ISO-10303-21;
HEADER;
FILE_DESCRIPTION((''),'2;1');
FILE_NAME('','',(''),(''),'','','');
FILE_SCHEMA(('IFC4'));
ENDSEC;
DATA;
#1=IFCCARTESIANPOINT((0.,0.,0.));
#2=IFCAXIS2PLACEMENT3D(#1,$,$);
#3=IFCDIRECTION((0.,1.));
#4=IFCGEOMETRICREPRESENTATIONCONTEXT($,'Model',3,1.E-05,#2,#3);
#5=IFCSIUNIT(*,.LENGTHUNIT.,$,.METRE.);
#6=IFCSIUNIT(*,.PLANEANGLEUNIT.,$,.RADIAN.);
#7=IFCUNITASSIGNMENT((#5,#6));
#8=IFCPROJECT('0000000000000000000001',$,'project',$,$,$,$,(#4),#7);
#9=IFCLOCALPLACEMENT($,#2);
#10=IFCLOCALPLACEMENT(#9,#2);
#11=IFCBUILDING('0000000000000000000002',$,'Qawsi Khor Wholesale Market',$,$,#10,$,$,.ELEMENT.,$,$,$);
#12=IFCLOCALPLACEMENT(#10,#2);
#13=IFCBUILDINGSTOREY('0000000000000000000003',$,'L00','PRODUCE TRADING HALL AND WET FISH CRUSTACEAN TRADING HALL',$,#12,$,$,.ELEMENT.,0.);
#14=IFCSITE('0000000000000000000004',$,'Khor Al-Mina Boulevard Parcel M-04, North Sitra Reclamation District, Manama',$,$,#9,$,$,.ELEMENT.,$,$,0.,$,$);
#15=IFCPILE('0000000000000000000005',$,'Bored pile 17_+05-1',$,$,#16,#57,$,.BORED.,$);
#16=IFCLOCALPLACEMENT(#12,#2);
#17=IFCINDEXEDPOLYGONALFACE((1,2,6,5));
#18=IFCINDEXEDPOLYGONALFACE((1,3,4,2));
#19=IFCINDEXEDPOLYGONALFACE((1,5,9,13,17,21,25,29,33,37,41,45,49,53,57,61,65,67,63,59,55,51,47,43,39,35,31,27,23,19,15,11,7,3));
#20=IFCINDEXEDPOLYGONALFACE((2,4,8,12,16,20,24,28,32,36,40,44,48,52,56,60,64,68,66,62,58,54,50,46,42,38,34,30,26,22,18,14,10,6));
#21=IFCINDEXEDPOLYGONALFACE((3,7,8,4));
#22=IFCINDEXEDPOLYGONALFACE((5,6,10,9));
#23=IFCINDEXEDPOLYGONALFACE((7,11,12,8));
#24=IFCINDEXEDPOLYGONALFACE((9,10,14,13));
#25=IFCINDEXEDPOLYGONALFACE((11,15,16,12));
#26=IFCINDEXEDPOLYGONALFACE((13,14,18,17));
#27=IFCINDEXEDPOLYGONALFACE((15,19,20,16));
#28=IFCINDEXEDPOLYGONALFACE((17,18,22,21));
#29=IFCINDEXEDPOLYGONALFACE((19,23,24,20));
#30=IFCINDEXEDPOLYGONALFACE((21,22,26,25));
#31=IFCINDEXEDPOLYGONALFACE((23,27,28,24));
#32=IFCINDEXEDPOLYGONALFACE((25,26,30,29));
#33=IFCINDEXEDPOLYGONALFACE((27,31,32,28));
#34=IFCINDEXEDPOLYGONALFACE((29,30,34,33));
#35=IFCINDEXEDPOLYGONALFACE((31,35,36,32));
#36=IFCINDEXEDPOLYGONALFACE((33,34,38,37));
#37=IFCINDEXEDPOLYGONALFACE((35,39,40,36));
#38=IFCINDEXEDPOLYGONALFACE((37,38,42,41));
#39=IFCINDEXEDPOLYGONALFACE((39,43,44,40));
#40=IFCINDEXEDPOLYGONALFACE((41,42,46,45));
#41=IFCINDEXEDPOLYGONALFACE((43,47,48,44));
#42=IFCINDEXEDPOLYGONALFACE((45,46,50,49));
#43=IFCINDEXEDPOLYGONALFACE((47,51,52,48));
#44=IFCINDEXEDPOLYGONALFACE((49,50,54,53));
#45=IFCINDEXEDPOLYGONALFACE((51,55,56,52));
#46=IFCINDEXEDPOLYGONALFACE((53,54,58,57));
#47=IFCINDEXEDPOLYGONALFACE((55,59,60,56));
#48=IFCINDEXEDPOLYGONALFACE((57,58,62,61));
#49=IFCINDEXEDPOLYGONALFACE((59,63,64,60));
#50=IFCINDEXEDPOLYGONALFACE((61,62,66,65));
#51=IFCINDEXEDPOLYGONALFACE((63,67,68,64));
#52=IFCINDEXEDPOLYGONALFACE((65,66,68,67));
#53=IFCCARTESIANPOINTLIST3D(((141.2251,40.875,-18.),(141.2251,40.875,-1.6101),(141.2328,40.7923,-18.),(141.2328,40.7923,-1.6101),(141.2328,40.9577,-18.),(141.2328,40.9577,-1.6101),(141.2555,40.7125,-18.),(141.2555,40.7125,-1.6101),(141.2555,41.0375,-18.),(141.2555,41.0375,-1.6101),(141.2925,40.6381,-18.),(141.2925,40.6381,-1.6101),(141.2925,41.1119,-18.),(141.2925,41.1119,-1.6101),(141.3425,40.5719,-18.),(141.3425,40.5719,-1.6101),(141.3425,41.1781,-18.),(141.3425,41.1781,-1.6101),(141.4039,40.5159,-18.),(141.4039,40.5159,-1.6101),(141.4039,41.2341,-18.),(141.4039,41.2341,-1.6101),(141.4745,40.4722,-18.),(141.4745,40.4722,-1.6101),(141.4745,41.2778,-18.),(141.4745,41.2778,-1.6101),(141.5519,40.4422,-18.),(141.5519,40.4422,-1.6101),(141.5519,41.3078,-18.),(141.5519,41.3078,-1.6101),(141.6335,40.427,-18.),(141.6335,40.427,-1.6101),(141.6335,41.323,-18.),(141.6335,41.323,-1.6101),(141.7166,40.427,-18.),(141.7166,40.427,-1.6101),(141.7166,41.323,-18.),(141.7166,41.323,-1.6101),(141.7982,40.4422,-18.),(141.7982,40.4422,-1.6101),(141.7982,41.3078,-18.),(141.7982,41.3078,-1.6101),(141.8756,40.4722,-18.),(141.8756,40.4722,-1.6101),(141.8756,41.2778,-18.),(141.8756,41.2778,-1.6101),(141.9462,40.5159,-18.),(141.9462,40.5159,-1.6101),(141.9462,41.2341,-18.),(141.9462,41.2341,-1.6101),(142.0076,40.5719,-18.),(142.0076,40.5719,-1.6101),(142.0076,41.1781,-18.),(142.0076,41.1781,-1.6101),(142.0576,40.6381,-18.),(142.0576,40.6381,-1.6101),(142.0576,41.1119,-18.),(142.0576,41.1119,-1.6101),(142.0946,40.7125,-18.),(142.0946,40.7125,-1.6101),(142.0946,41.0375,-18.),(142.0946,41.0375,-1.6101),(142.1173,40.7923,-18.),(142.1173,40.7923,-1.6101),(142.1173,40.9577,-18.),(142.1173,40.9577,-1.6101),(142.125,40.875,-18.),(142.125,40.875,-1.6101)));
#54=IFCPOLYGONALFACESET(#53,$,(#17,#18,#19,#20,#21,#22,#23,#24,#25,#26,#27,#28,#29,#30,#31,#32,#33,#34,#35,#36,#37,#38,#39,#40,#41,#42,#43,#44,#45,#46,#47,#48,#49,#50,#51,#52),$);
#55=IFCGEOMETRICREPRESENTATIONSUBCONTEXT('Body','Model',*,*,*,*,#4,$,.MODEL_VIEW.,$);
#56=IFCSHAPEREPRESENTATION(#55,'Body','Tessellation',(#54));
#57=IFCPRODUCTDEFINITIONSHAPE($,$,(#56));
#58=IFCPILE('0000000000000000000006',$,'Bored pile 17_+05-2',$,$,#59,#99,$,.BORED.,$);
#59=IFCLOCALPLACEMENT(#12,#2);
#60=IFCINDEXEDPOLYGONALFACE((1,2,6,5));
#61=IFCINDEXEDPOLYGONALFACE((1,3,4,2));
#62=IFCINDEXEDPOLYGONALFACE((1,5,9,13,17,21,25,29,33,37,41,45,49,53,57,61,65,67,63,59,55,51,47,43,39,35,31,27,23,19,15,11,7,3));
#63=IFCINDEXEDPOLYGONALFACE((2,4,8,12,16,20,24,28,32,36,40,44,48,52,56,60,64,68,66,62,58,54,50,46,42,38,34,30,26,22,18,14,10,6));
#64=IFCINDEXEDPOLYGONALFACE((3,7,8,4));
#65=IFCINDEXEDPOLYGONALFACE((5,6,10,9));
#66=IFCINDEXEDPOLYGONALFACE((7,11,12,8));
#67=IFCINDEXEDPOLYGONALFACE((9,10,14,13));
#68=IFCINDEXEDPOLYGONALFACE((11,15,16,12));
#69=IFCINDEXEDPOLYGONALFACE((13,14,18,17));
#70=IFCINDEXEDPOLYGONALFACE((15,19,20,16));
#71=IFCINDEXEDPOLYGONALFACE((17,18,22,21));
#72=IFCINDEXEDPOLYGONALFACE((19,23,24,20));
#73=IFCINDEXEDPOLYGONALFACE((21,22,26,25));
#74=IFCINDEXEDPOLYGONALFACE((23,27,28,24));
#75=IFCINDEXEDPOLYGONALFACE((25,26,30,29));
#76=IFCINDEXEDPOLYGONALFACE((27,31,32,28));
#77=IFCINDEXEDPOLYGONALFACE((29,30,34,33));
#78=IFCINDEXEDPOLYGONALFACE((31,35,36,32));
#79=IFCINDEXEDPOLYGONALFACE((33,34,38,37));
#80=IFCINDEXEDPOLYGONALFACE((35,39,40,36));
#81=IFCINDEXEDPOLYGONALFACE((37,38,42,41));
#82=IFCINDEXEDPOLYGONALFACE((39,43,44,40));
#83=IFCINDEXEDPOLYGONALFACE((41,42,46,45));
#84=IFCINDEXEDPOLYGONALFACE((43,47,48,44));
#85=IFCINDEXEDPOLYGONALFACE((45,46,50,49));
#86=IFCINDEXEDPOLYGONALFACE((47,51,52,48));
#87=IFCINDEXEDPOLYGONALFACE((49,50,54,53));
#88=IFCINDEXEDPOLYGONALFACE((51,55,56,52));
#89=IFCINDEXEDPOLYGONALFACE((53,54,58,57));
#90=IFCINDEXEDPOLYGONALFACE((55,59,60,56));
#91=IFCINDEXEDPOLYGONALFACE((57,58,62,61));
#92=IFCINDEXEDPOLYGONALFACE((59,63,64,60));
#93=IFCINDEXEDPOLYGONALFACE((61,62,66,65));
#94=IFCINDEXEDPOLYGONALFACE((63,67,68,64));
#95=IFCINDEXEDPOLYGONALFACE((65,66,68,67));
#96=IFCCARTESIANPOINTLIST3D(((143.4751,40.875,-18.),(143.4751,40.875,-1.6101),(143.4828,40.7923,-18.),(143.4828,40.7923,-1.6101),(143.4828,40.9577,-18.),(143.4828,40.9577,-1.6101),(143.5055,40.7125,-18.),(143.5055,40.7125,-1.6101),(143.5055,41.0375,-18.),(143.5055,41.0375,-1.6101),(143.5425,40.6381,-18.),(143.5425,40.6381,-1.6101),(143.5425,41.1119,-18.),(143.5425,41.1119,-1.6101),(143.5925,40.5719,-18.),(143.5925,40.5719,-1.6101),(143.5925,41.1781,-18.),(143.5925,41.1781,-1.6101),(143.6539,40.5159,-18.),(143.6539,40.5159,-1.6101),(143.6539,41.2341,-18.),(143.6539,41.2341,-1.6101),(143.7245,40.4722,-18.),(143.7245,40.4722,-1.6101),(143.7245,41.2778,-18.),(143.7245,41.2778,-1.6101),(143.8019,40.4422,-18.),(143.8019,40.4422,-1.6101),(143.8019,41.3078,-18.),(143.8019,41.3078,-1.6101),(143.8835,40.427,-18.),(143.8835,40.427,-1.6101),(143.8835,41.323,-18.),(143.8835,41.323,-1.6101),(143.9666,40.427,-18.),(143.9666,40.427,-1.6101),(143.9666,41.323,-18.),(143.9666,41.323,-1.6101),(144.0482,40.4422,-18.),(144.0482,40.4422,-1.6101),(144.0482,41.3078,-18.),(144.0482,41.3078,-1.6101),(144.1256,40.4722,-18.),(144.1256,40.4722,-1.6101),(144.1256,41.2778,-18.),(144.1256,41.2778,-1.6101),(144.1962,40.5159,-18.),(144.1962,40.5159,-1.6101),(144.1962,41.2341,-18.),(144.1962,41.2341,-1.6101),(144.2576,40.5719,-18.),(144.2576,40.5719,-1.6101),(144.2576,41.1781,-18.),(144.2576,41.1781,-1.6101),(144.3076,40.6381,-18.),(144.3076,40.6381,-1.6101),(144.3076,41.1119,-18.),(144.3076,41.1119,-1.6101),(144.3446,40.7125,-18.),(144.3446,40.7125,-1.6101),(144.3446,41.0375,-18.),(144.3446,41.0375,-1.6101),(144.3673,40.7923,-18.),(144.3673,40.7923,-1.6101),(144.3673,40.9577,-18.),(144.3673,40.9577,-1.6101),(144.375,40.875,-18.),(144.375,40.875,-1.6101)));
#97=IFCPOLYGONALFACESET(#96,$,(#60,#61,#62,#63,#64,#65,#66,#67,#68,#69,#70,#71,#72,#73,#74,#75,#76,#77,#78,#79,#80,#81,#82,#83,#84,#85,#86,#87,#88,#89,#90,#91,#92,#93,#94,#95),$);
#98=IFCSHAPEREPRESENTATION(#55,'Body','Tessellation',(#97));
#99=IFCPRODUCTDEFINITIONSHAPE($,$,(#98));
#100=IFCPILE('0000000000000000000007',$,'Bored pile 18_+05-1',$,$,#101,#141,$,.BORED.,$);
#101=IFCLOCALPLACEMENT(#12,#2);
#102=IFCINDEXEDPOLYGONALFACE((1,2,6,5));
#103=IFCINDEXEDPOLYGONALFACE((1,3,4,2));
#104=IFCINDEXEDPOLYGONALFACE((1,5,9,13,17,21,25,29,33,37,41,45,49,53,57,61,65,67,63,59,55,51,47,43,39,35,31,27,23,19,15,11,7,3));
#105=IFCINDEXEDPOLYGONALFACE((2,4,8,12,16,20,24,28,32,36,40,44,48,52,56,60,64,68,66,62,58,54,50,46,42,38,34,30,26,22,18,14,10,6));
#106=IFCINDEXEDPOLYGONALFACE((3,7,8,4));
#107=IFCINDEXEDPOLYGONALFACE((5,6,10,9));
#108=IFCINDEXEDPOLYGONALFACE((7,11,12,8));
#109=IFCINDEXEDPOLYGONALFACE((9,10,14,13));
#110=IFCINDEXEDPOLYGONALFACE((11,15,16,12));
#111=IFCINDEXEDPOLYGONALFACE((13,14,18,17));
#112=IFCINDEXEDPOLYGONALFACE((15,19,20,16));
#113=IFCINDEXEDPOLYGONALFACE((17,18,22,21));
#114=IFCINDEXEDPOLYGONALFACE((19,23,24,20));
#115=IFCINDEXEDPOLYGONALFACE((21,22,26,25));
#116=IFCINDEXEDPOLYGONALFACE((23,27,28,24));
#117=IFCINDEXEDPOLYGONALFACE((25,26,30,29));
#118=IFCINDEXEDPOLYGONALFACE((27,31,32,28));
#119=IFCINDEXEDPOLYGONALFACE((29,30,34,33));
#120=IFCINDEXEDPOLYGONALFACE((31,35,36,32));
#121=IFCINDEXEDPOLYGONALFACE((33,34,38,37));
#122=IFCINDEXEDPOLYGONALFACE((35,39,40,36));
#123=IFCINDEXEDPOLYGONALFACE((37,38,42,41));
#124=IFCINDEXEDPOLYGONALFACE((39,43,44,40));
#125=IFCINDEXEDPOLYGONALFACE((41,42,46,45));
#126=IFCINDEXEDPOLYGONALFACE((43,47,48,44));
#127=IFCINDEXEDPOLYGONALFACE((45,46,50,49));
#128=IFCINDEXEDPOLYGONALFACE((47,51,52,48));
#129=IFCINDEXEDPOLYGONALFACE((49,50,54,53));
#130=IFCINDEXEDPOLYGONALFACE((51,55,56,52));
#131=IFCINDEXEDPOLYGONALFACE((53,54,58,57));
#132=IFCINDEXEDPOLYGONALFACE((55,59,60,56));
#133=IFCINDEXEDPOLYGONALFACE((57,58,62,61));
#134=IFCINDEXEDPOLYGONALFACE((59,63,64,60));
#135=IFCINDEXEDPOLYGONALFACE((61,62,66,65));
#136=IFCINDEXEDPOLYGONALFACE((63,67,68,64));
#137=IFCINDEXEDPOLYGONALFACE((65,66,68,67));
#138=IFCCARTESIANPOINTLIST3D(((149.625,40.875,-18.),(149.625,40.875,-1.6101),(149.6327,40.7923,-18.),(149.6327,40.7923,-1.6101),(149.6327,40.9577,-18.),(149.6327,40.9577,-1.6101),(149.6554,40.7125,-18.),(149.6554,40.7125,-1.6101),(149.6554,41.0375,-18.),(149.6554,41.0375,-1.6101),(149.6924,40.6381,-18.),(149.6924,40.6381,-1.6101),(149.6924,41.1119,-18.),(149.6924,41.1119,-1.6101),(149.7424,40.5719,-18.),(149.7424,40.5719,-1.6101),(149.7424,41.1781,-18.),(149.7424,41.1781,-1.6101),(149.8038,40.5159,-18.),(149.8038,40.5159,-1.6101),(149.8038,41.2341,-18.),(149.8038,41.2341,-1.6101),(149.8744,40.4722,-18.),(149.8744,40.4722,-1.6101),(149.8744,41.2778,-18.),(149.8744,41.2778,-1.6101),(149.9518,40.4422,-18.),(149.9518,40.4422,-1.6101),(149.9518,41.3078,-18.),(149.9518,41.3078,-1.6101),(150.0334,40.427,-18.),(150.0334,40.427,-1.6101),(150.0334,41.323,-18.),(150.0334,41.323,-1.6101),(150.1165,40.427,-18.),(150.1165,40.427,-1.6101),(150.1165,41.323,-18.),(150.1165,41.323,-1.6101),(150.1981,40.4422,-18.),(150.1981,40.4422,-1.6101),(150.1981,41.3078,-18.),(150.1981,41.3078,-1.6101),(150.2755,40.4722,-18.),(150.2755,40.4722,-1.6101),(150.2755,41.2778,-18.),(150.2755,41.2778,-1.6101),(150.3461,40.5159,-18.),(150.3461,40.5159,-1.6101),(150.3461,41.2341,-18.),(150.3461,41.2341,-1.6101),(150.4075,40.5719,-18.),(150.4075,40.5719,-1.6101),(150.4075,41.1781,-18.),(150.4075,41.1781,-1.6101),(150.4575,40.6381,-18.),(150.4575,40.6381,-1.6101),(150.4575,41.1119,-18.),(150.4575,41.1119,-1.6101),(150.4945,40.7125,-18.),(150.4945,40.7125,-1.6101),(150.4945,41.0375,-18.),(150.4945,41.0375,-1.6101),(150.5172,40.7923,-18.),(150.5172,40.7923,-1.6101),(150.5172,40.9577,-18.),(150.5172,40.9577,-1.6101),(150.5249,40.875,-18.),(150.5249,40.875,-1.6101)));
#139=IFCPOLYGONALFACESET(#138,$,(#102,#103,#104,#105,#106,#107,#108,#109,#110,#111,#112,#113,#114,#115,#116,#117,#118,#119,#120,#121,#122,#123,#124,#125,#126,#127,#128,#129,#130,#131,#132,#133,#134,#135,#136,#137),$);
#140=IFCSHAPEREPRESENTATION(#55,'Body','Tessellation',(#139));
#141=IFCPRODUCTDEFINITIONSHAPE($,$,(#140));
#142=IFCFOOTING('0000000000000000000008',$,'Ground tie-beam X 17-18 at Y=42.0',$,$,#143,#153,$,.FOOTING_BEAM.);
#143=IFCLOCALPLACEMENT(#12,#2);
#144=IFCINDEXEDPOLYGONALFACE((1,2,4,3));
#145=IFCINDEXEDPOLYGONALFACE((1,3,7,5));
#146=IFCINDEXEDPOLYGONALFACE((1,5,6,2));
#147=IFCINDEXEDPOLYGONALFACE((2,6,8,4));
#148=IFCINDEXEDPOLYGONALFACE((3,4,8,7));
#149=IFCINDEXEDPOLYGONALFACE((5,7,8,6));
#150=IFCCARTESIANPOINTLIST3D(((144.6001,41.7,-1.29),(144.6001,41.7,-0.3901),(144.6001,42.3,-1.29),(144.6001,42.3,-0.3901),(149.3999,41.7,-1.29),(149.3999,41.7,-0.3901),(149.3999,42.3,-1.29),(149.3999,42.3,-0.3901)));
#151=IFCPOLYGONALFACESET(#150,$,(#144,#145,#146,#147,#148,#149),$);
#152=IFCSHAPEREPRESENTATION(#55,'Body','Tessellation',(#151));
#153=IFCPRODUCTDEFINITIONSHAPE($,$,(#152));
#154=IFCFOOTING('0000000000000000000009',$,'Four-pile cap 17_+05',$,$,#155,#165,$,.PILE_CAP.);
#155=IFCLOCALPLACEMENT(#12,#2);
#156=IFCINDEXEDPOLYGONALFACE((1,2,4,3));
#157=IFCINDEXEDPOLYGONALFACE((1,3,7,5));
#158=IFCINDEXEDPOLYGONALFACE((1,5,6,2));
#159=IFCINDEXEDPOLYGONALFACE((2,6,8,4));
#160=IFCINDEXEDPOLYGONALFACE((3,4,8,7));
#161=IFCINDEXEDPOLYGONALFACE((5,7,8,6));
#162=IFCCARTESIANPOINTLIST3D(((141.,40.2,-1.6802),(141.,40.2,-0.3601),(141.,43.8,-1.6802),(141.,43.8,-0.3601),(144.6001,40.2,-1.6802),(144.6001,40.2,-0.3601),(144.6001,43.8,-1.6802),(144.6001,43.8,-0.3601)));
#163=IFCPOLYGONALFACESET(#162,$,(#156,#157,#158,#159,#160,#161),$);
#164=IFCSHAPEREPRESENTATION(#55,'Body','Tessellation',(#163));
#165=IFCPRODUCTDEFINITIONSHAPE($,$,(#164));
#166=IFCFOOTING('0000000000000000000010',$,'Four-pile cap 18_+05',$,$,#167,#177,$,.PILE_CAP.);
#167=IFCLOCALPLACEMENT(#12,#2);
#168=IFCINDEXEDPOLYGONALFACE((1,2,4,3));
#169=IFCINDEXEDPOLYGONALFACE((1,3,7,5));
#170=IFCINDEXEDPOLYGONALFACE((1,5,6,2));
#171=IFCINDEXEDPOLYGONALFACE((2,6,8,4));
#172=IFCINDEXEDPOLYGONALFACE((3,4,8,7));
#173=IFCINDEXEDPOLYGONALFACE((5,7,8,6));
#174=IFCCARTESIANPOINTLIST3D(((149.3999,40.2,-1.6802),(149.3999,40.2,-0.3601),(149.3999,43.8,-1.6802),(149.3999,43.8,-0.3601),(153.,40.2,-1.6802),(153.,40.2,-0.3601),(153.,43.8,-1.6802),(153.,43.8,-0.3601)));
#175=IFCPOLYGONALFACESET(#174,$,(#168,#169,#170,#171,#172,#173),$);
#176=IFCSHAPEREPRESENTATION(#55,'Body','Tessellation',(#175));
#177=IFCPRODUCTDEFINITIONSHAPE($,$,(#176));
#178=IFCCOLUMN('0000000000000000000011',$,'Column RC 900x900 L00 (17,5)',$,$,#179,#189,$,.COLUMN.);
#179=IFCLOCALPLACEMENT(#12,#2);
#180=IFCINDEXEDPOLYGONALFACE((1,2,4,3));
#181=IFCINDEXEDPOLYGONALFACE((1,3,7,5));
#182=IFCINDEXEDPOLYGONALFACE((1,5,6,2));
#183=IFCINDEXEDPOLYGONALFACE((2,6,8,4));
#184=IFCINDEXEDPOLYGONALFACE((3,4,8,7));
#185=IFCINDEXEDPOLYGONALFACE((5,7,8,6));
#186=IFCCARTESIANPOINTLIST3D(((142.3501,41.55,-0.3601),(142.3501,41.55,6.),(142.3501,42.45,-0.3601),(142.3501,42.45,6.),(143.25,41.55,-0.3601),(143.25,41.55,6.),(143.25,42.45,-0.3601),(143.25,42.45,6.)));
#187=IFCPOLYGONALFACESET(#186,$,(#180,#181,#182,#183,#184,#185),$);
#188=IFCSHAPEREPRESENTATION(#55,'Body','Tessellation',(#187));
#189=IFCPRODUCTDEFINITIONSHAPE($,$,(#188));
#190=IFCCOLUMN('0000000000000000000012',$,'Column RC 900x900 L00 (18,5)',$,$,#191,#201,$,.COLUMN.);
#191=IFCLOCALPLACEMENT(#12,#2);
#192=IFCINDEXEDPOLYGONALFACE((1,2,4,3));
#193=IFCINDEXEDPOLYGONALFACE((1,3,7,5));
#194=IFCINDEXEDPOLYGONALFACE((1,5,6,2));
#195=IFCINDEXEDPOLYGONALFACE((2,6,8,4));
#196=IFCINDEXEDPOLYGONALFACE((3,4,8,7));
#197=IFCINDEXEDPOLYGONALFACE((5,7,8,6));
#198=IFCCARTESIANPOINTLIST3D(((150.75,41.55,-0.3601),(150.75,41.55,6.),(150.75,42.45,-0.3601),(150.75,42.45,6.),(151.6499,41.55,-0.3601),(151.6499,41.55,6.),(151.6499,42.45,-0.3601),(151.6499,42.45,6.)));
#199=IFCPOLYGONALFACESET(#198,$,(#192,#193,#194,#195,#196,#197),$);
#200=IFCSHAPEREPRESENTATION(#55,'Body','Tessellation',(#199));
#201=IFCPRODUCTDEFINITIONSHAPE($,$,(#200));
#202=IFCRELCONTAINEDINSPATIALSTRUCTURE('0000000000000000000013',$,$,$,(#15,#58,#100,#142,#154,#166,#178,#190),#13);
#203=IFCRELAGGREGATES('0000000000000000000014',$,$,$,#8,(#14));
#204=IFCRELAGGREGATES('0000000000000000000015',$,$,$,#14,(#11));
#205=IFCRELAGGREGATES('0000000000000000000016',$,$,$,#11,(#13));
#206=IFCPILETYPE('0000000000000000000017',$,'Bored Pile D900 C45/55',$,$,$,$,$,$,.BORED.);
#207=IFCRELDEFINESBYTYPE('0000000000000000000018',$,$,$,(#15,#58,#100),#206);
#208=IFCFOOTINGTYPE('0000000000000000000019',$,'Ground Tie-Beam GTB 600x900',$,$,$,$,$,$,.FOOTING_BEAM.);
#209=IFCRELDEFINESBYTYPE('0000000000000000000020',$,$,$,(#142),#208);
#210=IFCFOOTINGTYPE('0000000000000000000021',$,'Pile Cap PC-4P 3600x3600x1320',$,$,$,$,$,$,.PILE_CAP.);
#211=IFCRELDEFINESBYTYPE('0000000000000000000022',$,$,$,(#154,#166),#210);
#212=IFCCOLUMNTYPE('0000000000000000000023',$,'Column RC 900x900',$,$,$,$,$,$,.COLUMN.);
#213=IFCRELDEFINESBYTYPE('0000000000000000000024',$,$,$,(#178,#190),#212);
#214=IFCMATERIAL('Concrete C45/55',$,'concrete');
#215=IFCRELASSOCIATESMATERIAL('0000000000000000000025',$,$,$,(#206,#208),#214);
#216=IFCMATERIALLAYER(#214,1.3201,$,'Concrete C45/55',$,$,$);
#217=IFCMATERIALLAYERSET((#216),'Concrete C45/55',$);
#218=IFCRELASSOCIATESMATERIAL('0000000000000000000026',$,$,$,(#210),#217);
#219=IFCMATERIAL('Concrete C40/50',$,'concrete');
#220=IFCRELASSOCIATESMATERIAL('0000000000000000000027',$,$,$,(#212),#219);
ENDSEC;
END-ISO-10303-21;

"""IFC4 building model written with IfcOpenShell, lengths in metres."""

from ifc_helpers import new_model, si_unit, direction, frame, origin, origin_2d, place, context, subcontext, project, spatial, rectangle, circle, extrude, material, layer, layer_set, material_profile, profile_set, type_object, element, save


model = new_model("IFC4")

# Units and contexts
model_context = context("Model", 3, precision=1e-05, world=origin(), true_north=direction((0.0, 1.0)))
body_context = subcontext(model_context, "Body", "Model", "MODEL_VIEW")
ifc_project = project(units=[si_unit("LENGTHUNIT", "METRE"), si_unit("PLANEANGLEUNIT", "RADIAN")], contexts=[model_context])

# Site, building, storey
site_placement = place(None, origin())
site = spatial("IfcSite", under=ifc_project, at=site_placement, Name="Khor Al-Mina Boulevard Parcel M-04, North Sitra Reclamation District, Manama", CompositionType="ELEMENT", RefElevation=0.0)
building_placement = place(site_placement, origin())
building = spatial("IfcBuilding", under=site, at=building_placement, Name="Qawsi Khor Wholesale Market", CompositionType="ELEMENT")
storey_placement = place(building_placement, origin())
storey = spatial("IfcBuildingStorey", under=building, at=storey_placement, Name="L00", Description="PRODUCE TRADING HALL AND WET FISH CRUSTACEAN TRADING HALL", CompositionType="ELEMENT", Elevation=0.0)

# Piles
ifc_material_1 = material(Name="Concrete C45/55", Category="concrete")
ifc_material_profile_1 = material_profile(ifc_material_1, circle(Radius=0.45, at=origin_2d()), Name="PILE D900")
ifc_profile_set_1 = profile_set([ifc_material_profile_1], Name="Concrete C45/55")
pile_type = type_object("IfcPileType", Name="Bored Pile D900 C45/55", PredefinedType="BORED", material=ifc_profile_set_1)
for number, where, z_axis, x_axis, name in (
    (1, (141.675, 40.875, -1.6101), (0.0, 0.0, -1.0), (1.0, 0.0, 0.0), "Bored pile 17_+05-1"),
    (2, (143.925, 40.875, -1.6101), (0.0, 0.0, -1.0), (1.0, 0.0, 0.0), "Bored pile 17_+05-2"),
    (3, (150.075, 40.875, -1.6101), (0.0, 0.0, -1.0), (1.0, 0.0, 0.0), "Bored pile 18_+05-1"),
):
    element("IfcPile", number, at=place(storey_placement, frame(where, z_axis=z_axis, x_axis=x_axis)), inside=storey, type_object=pile_type, Name=name, PredefinedType="BORED", context=body_context, shape_type="SweptSolid", body=[
        extrude(circle(Radius=0.45, at=origin_2d()), origin(), (0.0, 0.0, 1.0), 16.3899),
    ])

# Footings
ifc_material_profile_2 = material_profile(ifc_material_1, rectangle(XDim=0.6001, YDim=0.8999, at=origin_2d()), Name="RC 600x900")
ifc_profile_set_2 = profile_set([ifc_material_profile_2], Name="Concrete C45/55")
footing_type_1 = type_object("IfcFootingType", Name="Ground Tie-Beam GTB 600x900", PredefinedType="FOOTING_BEAM", material=ifc_profile_set_2)
footing_placement = place(storey_placement, frame((144.6001, 42.0, -0.8401), z_axis=(1.0, 0.0, 0.0), x_axis=(0.0, 1.0, 0.0)))
element("IfcFooting", 4, at=footing_placement, inside=storey, type_object=footing_type_1, Name="Ground tie-beam X 17-18 at Y=42.0", PredefinedType="FOOTING_BEAM", context=body_context, shape_type="SweptSolid", body=[
    extrude(rectangle(XDim=0.6001, YDim=0.8999, at=origin_2d()), origin(), (0.0, 0.0, 1.0), 4.7998),
])
ifc_layer_1 = layer(ifc_material_1, 1.3201, Name="Concrete C45/55")
ifc_layer_set_1 = layer_set([ifc_layer_1], Name="Concrete C45/55")
footing_type_2 = type_object("IfcFootingType", Name="Pile Cap PC-4P 3600x3600x1320", PredefinedType="PILE_CAP", material=ifc_layer_set_1)
for number, where, z_axis, x_axis, name in (
    (5, (142.8, 42.0, -1.6802), (0.0, 0.0, 1.0), (1.0, 0.0, 0.0), "Four-pile cap 17_+05"),
    (6, (151.2, 42.0, -1.6802), (0.0, 0.0, 1.0), (1.0, 0.0, 0.0), "Four-pile cap 18_+05"),
):
    element("IfcFooting", number, at=place(storey_placement, frame(where, z_axis=z_axis, x_axis=x_axis)), inside=storey, type_object=footing_type_2, Name=name, PredefinedType="PILE_CAP", context=body_context, shape_type="SweptSolid", body=[
        extrude(rectangle(XDim=3.6001, YDim=3.6001, at=origin_2d()), origin(), (0.0, 0.0, 1.0), 1.3201),
    ])

# Columns
ifc_material_2 = material(Name="Concrete C40/50", Category="concrete")
ifc_material_profile_3 = material_profile(ifc_material_2, rectangle(XDim=0.8999, YDim=0.8999, at=origin_2d()), Name="RC 900x900")
ifc_profile_set_3 = profile_set([ifc_material_profile_3], Name="Concrete C40/50")
column_type = type_object("IfcColumnType", Name="Column RC 900x900", PredefinedType="COLUMN", material=ifc_profile_set_3)
for number, where, z_axis, x_axis, name in (
    (7, (142.8, 42.0, -0.3601), (0.0, 0.0, 1.0), (1.0, 0.0, 0.0), "Column RC 900x900 L00 (17,5)"),
    (8, (151.2, 42.0, -0.3601), (0.0, 0.0, 1.0), (1.0, 0.0, 0.0), "Column RC 900x900 L00 (18,5)"),
):
    element("IfcColumn", number, at=place(storey_placement, frame(where, z_axis=z_axis, x_axis=x_axis)), inside=storey, type_object=column_type, Name=name, PredefinedType="COLUMN", context=body_context, shape_type="SweptSolid", body=[
        extrude(rectangle(XDim=0.8999, YDim=0.8999, at=origin_2d()), origin(), (0.0, 0.0, 1.0), 6.3601),
    ])

save(model, "model.ifc")
